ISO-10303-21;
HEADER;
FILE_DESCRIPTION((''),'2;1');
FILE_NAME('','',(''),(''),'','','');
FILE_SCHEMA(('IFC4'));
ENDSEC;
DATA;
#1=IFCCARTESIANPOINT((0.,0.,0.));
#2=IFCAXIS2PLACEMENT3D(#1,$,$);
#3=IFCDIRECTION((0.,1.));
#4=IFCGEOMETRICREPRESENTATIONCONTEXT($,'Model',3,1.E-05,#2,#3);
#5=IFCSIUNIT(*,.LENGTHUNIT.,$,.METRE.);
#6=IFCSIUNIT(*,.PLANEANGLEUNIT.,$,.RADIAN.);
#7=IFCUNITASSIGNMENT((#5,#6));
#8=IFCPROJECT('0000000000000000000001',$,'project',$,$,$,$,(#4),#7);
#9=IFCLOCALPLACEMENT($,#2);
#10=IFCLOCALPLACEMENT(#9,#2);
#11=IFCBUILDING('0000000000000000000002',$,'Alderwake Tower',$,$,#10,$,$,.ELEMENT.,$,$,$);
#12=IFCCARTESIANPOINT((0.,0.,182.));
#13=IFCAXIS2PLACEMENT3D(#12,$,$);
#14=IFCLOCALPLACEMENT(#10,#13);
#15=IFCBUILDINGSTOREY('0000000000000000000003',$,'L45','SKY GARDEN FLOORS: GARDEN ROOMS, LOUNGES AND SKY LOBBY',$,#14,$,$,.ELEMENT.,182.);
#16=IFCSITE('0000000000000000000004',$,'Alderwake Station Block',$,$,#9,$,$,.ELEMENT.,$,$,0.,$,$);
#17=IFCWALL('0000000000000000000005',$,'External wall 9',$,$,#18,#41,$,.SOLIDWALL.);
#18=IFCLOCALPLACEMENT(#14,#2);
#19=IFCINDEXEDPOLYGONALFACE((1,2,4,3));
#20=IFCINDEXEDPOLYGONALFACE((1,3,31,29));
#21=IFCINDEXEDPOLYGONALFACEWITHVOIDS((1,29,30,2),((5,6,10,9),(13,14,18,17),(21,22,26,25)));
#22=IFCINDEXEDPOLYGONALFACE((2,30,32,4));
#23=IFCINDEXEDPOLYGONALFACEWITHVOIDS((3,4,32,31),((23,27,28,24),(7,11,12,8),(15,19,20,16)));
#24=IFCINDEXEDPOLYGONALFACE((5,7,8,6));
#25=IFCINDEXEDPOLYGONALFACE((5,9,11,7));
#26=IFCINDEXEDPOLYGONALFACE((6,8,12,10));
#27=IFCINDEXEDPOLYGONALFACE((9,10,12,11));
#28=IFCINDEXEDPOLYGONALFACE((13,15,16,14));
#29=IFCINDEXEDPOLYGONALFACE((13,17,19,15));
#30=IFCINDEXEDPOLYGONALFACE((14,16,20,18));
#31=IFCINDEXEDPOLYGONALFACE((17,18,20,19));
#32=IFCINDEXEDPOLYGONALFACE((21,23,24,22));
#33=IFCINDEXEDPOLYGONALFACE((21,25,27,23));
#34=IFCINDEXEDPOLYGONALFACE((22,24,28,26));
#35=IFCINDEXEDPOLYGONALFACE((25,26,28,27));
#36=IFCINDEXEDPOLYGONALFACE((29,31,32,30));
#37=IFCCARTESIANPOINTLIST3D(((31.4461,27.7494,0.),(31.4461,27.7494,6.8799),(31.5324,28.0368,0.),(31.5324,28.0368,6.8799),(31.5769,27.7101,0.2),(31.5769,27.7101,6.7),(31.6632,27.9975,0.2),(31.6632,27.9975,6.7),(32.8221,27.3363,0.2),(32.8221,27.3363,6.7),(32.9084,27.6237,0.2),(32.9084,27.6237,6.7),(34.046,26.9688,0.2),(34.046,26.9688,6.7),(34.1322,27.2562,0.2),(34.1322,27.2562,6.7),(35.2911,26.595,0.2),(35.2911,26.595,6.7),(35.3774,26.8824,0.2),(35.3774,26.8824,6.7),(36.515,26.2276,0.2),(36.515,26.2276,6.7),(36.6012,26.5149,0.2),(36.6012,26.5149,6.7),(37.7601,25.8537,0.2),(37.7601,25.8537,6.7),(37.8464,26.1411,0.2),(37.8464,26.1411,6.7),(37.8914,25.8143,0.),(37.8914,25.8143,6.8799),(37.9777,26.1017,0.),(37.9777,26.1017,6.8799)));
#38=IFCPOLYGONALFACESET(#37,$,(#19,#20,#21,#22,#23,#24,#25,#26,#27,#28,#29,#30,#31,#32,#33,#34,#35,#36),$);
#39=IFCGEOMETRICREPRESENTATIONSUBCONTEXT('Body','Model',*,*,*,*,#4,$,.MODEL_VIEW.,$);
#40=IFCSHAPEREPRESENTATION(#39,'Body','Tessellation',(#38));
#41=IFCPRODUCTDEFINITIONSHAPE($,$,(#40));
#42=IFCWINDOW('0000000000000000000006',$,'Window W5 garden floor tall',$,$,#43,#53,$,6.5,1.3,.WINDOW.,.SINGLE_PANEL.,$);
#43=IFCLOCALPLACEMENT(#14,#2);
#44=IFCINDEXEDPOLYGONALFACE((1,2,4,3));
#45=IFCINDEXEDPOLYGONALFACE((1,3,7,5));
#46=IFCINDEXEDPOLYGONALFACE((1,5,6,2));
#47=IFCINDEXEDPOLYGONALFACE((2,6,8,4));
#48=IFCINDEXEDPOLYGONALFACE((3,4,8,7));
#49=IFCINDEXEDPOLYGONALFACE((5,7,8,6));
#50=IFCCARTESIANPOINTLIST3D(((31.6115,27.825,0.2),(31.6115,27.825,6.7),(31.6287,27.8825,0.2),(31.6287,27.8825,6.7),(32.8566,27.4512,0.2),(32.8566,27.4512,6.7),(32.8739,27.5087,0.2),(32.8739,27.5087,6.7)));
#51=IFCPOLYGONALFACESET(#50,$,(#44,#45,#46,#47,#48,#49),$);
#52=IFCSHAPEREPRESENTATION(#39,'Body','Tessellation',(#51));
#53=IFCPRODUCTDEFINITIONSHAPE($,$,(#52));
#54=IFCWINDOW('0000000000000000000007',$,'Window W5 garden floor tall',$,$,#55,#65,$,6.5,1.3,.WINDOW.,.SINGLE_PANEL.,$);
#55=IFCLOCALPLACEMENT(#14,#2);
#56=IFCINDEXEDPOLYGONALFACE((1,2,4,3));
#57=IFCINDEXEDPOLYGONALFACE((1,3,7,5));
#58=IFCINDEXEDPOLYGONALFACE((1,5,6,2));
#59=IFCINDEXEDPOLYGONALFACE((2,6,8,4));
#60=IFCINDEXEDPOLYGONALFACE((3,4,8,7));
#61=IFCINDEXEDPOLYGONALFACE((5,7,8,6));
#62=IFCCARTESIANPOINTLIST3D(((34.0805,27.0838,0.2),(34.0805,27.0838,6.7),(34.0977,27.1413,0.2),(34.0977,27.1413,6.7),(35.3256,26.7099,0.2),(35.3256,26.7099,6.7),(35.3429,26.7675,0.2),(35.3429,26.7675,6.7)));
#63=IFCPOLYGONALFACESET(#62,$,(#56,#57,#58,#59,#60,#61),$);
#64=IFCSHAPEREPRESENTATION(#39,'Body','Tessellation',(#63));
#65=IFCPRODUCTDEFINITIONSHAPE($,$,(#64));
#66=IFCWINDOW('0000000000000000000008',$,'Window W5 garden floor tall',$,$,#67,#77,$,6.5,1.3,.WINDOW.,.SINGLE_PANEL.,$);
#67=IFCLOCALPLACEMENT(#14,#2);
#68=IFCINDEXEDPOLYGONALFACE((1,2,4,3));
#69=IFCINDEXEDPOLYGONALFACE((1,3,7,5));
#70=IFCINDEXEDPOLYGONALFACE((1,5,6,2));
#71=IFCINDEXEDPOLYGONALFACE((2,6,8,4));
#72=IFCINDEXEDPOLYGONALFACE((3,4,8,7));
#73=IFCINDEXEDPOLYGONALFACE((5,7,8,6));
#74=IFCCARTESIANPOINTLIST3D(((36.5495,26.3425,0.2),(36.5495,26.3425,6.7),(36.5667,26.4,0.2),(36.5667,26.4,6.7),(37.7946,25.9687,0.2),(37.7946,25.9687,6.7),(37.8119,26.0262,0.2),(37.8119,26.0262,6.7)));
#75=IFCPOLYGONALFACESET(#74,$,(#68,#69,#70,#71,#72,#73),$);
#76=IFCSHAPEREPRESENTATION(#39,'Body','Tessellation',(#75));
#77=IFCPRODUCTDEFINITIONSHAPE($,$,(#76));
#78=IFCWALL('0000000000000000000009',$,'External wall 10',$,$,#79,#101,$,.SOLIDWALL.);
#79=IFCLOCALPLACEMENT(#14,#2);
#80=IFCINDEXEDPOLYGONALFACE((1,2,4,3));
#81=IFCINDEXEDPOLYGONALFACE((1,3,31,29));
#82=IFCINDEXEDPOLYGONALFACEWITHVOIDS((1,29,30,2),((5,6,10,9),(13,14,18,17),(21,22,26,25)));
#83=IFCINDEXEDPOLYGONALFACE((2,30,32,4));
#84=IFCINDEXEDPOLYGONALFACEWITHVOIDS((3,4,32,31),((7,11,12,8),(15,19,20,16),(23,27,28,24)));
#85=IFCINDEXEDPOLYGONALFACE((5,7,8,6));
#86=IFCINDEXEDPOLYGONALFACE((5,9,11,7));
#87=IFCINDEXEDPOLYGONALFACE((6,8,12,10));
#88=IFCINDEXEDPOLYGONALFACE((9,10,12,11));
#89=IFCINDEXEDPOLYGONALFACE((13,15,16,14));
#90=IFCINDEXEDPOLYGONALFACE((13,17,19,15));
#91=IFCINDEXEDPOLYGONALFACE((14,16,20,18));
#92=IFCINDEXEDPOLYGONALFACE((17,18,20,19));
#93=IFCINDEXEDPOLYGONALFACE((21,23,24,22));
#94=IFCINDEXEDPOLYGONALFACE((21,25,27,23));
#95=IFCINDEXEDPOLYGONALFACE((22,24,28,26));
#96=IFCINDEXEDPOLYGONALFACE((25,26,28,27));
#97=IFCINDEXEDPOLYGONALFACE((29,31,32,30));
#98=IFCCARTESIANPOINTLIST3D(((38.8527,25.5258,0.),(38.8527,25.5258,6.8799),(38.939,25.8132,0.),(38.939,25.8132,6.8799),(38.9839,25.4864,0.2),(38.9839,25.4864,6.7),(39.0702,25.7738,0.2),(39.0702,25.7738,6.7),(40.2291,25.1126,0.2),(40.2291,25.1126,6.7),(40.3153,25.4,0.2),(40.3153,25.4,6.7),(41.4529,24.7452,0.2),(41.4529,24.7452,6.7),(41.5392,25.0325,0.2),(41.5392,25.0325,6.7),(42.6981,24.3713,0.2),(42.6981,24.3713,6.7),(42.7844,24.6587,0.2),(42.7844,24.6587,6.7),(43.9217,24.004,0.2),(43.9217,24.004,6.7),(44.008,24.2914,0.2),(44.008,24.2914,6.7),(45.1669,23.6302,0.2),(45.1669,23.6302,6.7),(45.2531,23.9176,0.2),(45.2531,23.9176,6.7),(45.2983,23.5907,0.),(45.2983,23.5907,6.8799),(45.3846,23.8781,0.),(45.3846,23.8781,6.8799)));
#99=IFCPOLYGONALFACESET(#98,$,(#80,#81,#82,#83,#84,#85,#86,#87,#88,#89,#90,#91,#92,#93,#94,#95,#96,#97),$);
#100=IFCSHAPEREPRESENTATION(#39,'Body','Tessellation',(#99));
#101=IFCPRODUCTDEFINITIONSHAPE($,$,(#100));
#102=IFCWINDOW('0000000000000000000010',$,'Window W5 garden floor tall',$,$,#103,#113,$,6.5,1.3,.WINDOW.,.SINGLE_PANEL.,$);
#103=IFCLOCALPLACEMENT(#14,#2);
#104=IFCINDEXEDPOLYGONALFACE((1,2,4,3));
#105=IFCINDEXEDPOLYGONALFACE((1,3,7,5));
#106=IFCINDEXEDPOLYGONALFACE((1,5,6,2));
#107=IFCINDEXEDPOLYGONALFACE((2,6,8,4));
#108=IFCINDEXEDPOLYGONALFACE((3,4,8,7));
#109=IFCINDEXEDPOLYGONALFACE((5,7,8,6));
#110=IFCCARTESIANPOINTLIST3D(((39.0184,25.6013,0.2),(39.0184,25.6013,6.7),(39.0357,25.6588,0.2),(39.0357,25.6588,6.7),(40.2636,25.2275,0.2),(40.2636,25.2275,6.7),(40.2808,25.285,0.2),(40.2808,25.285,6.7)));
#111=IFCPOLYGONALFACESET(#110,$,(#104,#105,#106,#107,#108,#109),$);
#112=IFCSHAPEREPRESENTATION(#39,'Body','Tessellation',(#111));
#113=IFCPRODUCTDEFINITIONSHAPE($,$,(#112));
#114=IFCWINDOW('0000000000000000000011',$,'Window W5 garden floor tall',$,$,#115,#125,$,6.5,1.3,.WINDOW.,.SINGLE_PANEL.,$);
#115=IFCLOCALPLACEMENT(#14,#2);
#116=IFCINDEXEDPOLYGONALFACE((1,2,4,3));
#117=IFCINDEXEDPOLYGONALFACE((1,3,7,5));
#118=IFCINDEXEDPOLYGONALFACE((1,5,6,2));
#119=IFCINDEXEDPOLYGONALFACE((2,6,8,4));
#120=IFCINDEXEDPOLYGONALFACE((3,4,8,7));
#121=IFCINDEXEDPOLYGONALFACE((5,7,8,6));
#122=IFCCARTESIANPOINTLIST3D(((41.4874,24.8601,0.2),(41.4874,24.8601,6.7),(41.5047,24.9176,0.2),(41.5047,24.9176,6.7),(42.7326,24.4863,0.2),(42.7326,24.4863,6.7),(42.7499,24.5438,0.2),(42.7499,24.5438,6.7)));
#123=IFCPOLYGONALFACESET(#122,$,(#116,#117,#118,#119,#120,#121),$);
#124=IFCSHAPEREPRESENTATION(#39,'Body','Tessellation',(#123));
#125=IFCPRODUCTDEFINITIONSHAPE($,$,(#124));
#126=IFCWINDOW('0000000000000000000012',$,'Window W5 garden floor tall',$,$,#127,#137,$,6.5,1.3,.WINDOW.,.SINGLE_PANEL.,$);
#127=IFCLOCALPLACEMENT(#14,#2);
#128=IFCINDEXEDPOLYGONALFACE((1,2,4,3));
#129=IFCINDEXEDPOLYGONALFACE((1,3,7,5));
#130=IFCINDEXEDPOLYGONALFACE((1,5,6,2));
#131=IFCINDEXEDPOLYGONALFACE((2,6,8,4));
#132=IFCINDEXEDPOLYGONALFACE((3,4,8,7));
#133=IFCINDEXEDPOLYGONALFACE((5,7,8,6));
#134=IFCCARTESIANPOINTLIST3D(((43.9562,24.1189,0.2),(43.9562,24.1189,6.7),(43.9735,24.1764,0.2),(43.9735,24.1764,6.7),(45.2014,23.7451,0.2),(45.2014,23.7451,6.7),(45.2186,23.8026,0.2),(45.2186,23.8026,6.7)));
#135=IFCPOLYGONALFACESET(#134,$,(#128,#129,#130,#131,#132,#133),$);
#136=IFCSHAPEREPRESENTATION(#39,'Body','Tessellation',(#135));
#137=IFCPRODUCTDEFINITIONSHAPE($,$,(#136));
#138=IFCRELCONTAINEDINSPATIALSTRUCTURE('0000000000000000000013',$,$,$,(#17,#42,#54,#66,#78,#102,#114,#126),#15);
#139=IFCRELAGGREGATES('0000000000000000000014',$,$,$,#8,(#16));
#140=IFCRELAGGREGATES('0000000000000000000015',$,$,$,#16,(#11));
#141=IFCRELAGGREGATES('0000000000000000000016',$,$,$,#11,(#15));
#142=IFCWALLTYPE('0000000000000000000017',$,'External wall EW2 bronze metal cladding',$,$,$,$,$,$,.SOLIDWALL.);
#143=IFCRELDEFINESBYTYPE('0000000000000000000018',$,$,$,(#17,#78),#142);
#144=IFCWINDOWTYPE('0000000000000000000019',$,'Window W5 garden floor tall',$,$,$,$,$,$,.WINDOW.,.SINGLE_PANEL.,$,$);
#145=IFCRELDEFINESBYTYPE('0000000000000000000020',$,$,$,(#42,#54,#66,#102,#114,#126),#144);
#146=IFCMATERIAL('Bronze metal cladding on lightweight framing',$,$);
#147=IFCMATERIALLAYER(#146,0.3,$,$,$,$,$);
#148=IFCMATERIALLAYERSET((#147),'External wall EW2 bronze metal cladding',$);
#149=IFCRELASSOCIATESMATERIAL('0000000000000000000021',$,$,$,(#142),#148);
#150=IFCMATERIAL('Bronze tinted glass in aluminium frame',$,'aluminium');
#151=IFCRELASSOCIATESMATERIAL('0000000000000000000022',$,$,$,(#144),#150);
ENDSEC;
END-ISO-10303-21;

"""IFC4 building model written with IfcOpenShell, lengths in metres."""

from ifc_helpers import new_model, si_unit, direction, frame, frame_2d, origin, place, context, subcontext, project, spatial, rectangle, extrude, material, layer, layer_set, type_object, element, fill, save


model = new_model("IFC4")

# Units and contexts
model_context = context("Model", 3, precision=1e-05, world=origin(), true_north=direction((0.0, 1.0)))
body_context = subcontext(model_context, "Body", "Model", "MODEL_VIEW")
ifc_project = project(units=[si_unit("LENGTHUNIT", "METRE"), si_unit("PLANEANGLEUNIT", "RADIAN")], contexts=[model_context])

# Site, building, storey
site_placement = place(None, origin())
site = spatial("IfcSite", under=ifc_project, at=site_placement, Name="Alderwake Station Block", CompositionType="ELEMENT", RefElevation=0.0)
building_placement = place(site_placement, origin())
building = spatial("IfcBuilding", under=site, at=building_placement, Name="Alderwake Tower", CompositionType="ELEMENT")
storey_placement = place(building_placement, frame((0.0, 0.0, 182.0)))
storey = spatial("IfcBuildingStorey", under=building, at=storey_placement, Name="L45", Description="SKY GARDEN FLOORS: GARDEN ROOMS, LOUNGES AND SKY LOBBY", CompositionType="ELEMENT", Elevation=182.0)

# Walls, openings, windows
ifc_material_1 = material(Name="Bronze metal cladding on lightweight framing")
ifc_layer_1 = layer(ifc_material_1, 0.3)
ifc_layer_set_1 = layer_set([ifc_layer_1], Name="External wall EW2 bronze metal cladding")
wall_type_1 = type_object("IfcWallType", Name="External wall EW2 bronze metal cladding", PredefinedType="SOLIDWALL", material=ifc_layer_set_1)
wall_1_placement = place(storey_placement, frame((31.4893, 27.8931, 0.0), z_axis=(0.0, 0.0, 1.0), x_axis=(0.957766, -0.287548, 0.0)))
wall_1 = element("IfcWall", 1, at=wall_1_placement, inside=storey, type_object=wall_type_1, Name="External wall 9", PredefinedType="SOLIDWALL", context=body_context, shape_type="SweptSolid", body=[
    extrude(rectangle(XDim=6.7295, YDim=0.3, at=frame_2d((3.3647, 0.0))), origin(), (0.0, 0.0, 1.0), 6.8799),
])
opening_1_placement = place(wall_1_placement, frame((0.1367, 0.0, 0.2)))
opening_1 = element("IfcOpeningElement", 2, at=opening_1_placement, cuts=wall_1, PredefinedType="OPENING", context=body_context, shape_type="SweptSolid", body=[
    extrude(rectangle(XDim=1.3, YDim=6.5, at=frame_2d((0.6499, 3.25))), frame((0.0, 0.1599, 0.0), z_axis=(0.0, -1.0, 0.0), x_axis=(1.0, 0.0, 0.0)), (0.0, 0.0, 1.0), 0.3201),
])
opening_2_placement = place(wall_1_placement, frame((2.7146, 0.0, 0.2)))
opening_2 = element("IfcOpeningElement", 3, at=opening_2_placement, cuts=wall_1, PredefinedType="OPENING", context=body_context, shape_type="SweptSolid", body=[
    extrude(rectangle(XDim=1.3, YDim=6.5, at=frame_2d((0.6499, 3.25))), frame((0.0, 0.1599, 0.0), z_axis=(0.0, -1.0, 0.0), x_axis=(1.0, 0.0, 0.0)), (0.0, 0.0, 1.0), 0.3201),
])
opening_3_placement = place(wall_1_placement, frame((5.2925, 0.0, 0.2)))
opening_3 = element("IfcOpeningElement", 4, at=opening_3_placement, cuts=wall_1, PredefinedType="OPENING", context=body_context, shape_type="SweptSolid", body=[
    extrude(rectangle(XDim=1.3, YDim=6.5, at=frame_2d((0.6499, 3.25))), frame((0.0, 0.1599, 0.0), z_axis=(0.0, -1.0, 0.0), x_axis=(1.0, 0.0, 0.0)), (0.0, 0.0, 1.0), 0.3201),
])
ifc_material_2 = material(Name="Bronze tinted glass in aluminium frame", Category="aluminium")
window_type = type_object("IfcWindowType", Name="Window W5 garden floor tall", PartitioningType="SINGLE_PANEL", PredefinedType="WINDOW", material=ifc_material_2)
window_1_placement = place(opening_1_placement, origin())
window_1 = element("IfcWindow", 5, at=window_1_placement, inside=storey, type_object=window_type, Name="Window W5 garden floor tall", OverallHeight=6.5, OverallWidth=1.3, PartitioningType="SINGLE_PANEL", PredefinedType="WINDOW", context=body_context, shape_type="SweptSolid", body=[
    extrude(rectangle(XDim=1.3, YDim=6.5, at=frame_2d((0.6499, 3.25))), frame((0.0, 0.03, 0.0), z_axis=(0.0, -1.0, 0.0), x_axis=(1.0, 0.0, 0.0)), (0.0, 0.0, 1.0), 0.0601),
])
fill(opening_1, window_1)
window_2_placement = place(opening_2_placement, origin())
window_2 = element("IfcWindow", 6, at=window_2_placement, inside=storey, type_object=window_type, Name="Window W5 garden floor tall", OverallHeight=6.5, OverallWidth=1.3, PartitioningType="SINGLE_PANEL", PredefinedType="WINDOW", context=body_context, shape_type="SweptSolid", body=[
    extrude(rectangle(XDim=1.3, YDim=6.5, at=frame_2d((0.6499, 3.25))), frame((0.0, 0.03, 0.0), z_axis=(0.0, -1.0, 0.0), x_axis=(1.0, 0.0, 0.0)), (0.0, 0.0, 1.0), 0.0601),
])
fill(opening_2, window_2)
window_3_placement = place(opening_3_placement, origin())
window_3 = element("IfcWindow", 7, at=window_3_placement, inside=storey, type_object=window_type, Name="Window W5 garden floor tall", OverallHeight=6.5, OverallWidth=1.3, PartitioningType="SINGLE_PANEL", PredefinedType="WINDOW", context=body_context, shape_type="SweptSolid", body=[
    extrude(rectangle(XDim=1.3, YDim=6.5, at=frame_2d((0.6499, 3.25))), frame((0.0, 0.03, 0.0), z_axis=(0.0, -1.0, 0.0), x_axis=(1.0, 0.0, 0.0)), (0.0, 0.0, 1.0), 0.0601),
])
fill(opening_3, window_3)
wall_2_placement = place(storey_placement, frame((38.896, 25.6694, 0.0), z_axis=(0.0, 0.0, 1.0), x_axis=(0.957769, -0.287538, 0.0)))
wall_2 = element("IfcWall", 8, at=wall_2_placement, inside=storey, type_object=wall_type_1, Name="External wall 10", PredefinedType="SOLIDWALL", context=body_context, shape_type="SweptSolid", body=[
    extrude(rectangle(XDim=6.7297, YDim=0.3, at=frame_2d((3.3647, 0.0))), origin(), (0.0, 0.0, 1.0), 6.8799),
])
opening_4_placement = place(wall_2_placement, frame((0.137, 0.0, 0.2)))
opening_4 = element("IfcOpeningElement", 9, at=opening_4_placement, cuts=wall_2, PredefinedType="OPENING", context=body_context, shape_type="SweptSolid", body=[
    extrude(rectangle(XDim=1.3, YDim=6.5, at=frame_2d((0.6499, 3.25))), frame((0.0, 0.1599, 0.0), z_axis=(0.0, -1.0, 0.0), x_axis=(1.0, 0.0, 0.0)), (0.0, 0.0, 1.0), 0.3201),
])
opening_5_placement = place(wall_2_placement, frame((2.7148, 0.0, 0.2)))
opening_5 = element("IfcOpeningElement", 10, at=opening_5_placement, cuts=wall_2, PredefinedType="OPENING", context=body_context, shape_type="SweptSolid", body=[
    extrude(rectangle(XDim=1.3, YDim=6.5, at=frame_2d((0.6499, 3.25))), frame((0.0, 0.1599, 0.0), z_axis=(0.0, -1.0, 0.0), x_axis=(1.0, 0.0, 0.0)), (0.0, 0.0, 1.0), 0.3201),
])
opening_6_placement = place(wall_2_placement, frame((5.2925, 0.0, 0.2)))
opening_6 = element("IfcOpeningElement", 11, at=opening_6_placement, cuts=wall_2, PredefinedType="OPENING", context=body_context, shape_type="SweptSolid", body=[
    extrude(rectangle(XDim=1.3, YDim=6.5, at=frame_2d((0.6499, 3.25))), frame((0.0, 0.1599, 0.0), z_axis=(0.0, -1.0, 0.0), x_axis=(1.0, 0.0, 0.0)), (0.0, 0.0, 1.0), 0.3201),
])
window_4_placement = place(opening_4_placement, origin())
window_4 = element("IfcWindow", 12, at=window_4_placement, inside=storey, type_object=window_type, Name="Window W5 garden floor tall", OverallHeight=6.5, OverallWidth=1.3, PartitioningType="SINGLE_PANEL", PredefinedType="WINDOW", context=body_context, shape_type="SweptSolid", body=[
    extrude(rectangle(XDim=1.3, YDim=6.5, at=frame_2d((0.6499, 3.25))), frame((0.0, 0.03, 0.0), z_axis=(0.0, -1.0, 0.0), x_axis=(1.0, 0.0, 0.0)), (0.0, 0.0, 1.0), 0.0601),
])
fill(opening_4, window_4)
window_5_placement = place(opening_5_placement, origin())
window_5 = element("IfcWindow", 13, at=window_5_placement, inside=storey, type_object=window_type, Name="Window W5 garden floor tall", OverallHeight=6.5, OverallWidth=1.3, PartitioningType="SINGLE_PANEL", PredefinedType="WINDOW", context=body_context, shape_type="SweptSolid", body=[
    extrude(rectangle(XDim=1.3, YDim=6.5, at=frame_2d((0.6499, 3.25))), frame((0.0, 0.03, 0.0), z_axis=(0.0, -1.0, 0.0), x_axis=(1.0, 0.0, 0.0)), (0.0, 0.0, 1.0), 0.0601),
])
fill(opening_5, window_5)
window_6_placement = place(opening_6_placement, origin())
window_6 = element("IfcWindow", 14, at=window_6_placement, inside=storey, type_object=window_type, Name="Window W5 garden floor tall", OverallHeight=6.5, OverallWidth=1.3, PartitioningType="SINGLE_PANEL", PredefinedType="WINDOW", context=body_context, shape_type="SweptSolid", body=[
    extrude(rectangle(XDim=1.3, YDim=6.5, at=frame_2d((0.6499, 3.25))), frame((0.0, 0.03, 0.0), z_axis=(0.0, -1.0, 0.0), x_axis=(1.0, 0.0, 0.0)), (0.0, 0.0, 1.0), 0.0601),
])
fill(opening_6, window_6)

save(model, "model.ifc")
